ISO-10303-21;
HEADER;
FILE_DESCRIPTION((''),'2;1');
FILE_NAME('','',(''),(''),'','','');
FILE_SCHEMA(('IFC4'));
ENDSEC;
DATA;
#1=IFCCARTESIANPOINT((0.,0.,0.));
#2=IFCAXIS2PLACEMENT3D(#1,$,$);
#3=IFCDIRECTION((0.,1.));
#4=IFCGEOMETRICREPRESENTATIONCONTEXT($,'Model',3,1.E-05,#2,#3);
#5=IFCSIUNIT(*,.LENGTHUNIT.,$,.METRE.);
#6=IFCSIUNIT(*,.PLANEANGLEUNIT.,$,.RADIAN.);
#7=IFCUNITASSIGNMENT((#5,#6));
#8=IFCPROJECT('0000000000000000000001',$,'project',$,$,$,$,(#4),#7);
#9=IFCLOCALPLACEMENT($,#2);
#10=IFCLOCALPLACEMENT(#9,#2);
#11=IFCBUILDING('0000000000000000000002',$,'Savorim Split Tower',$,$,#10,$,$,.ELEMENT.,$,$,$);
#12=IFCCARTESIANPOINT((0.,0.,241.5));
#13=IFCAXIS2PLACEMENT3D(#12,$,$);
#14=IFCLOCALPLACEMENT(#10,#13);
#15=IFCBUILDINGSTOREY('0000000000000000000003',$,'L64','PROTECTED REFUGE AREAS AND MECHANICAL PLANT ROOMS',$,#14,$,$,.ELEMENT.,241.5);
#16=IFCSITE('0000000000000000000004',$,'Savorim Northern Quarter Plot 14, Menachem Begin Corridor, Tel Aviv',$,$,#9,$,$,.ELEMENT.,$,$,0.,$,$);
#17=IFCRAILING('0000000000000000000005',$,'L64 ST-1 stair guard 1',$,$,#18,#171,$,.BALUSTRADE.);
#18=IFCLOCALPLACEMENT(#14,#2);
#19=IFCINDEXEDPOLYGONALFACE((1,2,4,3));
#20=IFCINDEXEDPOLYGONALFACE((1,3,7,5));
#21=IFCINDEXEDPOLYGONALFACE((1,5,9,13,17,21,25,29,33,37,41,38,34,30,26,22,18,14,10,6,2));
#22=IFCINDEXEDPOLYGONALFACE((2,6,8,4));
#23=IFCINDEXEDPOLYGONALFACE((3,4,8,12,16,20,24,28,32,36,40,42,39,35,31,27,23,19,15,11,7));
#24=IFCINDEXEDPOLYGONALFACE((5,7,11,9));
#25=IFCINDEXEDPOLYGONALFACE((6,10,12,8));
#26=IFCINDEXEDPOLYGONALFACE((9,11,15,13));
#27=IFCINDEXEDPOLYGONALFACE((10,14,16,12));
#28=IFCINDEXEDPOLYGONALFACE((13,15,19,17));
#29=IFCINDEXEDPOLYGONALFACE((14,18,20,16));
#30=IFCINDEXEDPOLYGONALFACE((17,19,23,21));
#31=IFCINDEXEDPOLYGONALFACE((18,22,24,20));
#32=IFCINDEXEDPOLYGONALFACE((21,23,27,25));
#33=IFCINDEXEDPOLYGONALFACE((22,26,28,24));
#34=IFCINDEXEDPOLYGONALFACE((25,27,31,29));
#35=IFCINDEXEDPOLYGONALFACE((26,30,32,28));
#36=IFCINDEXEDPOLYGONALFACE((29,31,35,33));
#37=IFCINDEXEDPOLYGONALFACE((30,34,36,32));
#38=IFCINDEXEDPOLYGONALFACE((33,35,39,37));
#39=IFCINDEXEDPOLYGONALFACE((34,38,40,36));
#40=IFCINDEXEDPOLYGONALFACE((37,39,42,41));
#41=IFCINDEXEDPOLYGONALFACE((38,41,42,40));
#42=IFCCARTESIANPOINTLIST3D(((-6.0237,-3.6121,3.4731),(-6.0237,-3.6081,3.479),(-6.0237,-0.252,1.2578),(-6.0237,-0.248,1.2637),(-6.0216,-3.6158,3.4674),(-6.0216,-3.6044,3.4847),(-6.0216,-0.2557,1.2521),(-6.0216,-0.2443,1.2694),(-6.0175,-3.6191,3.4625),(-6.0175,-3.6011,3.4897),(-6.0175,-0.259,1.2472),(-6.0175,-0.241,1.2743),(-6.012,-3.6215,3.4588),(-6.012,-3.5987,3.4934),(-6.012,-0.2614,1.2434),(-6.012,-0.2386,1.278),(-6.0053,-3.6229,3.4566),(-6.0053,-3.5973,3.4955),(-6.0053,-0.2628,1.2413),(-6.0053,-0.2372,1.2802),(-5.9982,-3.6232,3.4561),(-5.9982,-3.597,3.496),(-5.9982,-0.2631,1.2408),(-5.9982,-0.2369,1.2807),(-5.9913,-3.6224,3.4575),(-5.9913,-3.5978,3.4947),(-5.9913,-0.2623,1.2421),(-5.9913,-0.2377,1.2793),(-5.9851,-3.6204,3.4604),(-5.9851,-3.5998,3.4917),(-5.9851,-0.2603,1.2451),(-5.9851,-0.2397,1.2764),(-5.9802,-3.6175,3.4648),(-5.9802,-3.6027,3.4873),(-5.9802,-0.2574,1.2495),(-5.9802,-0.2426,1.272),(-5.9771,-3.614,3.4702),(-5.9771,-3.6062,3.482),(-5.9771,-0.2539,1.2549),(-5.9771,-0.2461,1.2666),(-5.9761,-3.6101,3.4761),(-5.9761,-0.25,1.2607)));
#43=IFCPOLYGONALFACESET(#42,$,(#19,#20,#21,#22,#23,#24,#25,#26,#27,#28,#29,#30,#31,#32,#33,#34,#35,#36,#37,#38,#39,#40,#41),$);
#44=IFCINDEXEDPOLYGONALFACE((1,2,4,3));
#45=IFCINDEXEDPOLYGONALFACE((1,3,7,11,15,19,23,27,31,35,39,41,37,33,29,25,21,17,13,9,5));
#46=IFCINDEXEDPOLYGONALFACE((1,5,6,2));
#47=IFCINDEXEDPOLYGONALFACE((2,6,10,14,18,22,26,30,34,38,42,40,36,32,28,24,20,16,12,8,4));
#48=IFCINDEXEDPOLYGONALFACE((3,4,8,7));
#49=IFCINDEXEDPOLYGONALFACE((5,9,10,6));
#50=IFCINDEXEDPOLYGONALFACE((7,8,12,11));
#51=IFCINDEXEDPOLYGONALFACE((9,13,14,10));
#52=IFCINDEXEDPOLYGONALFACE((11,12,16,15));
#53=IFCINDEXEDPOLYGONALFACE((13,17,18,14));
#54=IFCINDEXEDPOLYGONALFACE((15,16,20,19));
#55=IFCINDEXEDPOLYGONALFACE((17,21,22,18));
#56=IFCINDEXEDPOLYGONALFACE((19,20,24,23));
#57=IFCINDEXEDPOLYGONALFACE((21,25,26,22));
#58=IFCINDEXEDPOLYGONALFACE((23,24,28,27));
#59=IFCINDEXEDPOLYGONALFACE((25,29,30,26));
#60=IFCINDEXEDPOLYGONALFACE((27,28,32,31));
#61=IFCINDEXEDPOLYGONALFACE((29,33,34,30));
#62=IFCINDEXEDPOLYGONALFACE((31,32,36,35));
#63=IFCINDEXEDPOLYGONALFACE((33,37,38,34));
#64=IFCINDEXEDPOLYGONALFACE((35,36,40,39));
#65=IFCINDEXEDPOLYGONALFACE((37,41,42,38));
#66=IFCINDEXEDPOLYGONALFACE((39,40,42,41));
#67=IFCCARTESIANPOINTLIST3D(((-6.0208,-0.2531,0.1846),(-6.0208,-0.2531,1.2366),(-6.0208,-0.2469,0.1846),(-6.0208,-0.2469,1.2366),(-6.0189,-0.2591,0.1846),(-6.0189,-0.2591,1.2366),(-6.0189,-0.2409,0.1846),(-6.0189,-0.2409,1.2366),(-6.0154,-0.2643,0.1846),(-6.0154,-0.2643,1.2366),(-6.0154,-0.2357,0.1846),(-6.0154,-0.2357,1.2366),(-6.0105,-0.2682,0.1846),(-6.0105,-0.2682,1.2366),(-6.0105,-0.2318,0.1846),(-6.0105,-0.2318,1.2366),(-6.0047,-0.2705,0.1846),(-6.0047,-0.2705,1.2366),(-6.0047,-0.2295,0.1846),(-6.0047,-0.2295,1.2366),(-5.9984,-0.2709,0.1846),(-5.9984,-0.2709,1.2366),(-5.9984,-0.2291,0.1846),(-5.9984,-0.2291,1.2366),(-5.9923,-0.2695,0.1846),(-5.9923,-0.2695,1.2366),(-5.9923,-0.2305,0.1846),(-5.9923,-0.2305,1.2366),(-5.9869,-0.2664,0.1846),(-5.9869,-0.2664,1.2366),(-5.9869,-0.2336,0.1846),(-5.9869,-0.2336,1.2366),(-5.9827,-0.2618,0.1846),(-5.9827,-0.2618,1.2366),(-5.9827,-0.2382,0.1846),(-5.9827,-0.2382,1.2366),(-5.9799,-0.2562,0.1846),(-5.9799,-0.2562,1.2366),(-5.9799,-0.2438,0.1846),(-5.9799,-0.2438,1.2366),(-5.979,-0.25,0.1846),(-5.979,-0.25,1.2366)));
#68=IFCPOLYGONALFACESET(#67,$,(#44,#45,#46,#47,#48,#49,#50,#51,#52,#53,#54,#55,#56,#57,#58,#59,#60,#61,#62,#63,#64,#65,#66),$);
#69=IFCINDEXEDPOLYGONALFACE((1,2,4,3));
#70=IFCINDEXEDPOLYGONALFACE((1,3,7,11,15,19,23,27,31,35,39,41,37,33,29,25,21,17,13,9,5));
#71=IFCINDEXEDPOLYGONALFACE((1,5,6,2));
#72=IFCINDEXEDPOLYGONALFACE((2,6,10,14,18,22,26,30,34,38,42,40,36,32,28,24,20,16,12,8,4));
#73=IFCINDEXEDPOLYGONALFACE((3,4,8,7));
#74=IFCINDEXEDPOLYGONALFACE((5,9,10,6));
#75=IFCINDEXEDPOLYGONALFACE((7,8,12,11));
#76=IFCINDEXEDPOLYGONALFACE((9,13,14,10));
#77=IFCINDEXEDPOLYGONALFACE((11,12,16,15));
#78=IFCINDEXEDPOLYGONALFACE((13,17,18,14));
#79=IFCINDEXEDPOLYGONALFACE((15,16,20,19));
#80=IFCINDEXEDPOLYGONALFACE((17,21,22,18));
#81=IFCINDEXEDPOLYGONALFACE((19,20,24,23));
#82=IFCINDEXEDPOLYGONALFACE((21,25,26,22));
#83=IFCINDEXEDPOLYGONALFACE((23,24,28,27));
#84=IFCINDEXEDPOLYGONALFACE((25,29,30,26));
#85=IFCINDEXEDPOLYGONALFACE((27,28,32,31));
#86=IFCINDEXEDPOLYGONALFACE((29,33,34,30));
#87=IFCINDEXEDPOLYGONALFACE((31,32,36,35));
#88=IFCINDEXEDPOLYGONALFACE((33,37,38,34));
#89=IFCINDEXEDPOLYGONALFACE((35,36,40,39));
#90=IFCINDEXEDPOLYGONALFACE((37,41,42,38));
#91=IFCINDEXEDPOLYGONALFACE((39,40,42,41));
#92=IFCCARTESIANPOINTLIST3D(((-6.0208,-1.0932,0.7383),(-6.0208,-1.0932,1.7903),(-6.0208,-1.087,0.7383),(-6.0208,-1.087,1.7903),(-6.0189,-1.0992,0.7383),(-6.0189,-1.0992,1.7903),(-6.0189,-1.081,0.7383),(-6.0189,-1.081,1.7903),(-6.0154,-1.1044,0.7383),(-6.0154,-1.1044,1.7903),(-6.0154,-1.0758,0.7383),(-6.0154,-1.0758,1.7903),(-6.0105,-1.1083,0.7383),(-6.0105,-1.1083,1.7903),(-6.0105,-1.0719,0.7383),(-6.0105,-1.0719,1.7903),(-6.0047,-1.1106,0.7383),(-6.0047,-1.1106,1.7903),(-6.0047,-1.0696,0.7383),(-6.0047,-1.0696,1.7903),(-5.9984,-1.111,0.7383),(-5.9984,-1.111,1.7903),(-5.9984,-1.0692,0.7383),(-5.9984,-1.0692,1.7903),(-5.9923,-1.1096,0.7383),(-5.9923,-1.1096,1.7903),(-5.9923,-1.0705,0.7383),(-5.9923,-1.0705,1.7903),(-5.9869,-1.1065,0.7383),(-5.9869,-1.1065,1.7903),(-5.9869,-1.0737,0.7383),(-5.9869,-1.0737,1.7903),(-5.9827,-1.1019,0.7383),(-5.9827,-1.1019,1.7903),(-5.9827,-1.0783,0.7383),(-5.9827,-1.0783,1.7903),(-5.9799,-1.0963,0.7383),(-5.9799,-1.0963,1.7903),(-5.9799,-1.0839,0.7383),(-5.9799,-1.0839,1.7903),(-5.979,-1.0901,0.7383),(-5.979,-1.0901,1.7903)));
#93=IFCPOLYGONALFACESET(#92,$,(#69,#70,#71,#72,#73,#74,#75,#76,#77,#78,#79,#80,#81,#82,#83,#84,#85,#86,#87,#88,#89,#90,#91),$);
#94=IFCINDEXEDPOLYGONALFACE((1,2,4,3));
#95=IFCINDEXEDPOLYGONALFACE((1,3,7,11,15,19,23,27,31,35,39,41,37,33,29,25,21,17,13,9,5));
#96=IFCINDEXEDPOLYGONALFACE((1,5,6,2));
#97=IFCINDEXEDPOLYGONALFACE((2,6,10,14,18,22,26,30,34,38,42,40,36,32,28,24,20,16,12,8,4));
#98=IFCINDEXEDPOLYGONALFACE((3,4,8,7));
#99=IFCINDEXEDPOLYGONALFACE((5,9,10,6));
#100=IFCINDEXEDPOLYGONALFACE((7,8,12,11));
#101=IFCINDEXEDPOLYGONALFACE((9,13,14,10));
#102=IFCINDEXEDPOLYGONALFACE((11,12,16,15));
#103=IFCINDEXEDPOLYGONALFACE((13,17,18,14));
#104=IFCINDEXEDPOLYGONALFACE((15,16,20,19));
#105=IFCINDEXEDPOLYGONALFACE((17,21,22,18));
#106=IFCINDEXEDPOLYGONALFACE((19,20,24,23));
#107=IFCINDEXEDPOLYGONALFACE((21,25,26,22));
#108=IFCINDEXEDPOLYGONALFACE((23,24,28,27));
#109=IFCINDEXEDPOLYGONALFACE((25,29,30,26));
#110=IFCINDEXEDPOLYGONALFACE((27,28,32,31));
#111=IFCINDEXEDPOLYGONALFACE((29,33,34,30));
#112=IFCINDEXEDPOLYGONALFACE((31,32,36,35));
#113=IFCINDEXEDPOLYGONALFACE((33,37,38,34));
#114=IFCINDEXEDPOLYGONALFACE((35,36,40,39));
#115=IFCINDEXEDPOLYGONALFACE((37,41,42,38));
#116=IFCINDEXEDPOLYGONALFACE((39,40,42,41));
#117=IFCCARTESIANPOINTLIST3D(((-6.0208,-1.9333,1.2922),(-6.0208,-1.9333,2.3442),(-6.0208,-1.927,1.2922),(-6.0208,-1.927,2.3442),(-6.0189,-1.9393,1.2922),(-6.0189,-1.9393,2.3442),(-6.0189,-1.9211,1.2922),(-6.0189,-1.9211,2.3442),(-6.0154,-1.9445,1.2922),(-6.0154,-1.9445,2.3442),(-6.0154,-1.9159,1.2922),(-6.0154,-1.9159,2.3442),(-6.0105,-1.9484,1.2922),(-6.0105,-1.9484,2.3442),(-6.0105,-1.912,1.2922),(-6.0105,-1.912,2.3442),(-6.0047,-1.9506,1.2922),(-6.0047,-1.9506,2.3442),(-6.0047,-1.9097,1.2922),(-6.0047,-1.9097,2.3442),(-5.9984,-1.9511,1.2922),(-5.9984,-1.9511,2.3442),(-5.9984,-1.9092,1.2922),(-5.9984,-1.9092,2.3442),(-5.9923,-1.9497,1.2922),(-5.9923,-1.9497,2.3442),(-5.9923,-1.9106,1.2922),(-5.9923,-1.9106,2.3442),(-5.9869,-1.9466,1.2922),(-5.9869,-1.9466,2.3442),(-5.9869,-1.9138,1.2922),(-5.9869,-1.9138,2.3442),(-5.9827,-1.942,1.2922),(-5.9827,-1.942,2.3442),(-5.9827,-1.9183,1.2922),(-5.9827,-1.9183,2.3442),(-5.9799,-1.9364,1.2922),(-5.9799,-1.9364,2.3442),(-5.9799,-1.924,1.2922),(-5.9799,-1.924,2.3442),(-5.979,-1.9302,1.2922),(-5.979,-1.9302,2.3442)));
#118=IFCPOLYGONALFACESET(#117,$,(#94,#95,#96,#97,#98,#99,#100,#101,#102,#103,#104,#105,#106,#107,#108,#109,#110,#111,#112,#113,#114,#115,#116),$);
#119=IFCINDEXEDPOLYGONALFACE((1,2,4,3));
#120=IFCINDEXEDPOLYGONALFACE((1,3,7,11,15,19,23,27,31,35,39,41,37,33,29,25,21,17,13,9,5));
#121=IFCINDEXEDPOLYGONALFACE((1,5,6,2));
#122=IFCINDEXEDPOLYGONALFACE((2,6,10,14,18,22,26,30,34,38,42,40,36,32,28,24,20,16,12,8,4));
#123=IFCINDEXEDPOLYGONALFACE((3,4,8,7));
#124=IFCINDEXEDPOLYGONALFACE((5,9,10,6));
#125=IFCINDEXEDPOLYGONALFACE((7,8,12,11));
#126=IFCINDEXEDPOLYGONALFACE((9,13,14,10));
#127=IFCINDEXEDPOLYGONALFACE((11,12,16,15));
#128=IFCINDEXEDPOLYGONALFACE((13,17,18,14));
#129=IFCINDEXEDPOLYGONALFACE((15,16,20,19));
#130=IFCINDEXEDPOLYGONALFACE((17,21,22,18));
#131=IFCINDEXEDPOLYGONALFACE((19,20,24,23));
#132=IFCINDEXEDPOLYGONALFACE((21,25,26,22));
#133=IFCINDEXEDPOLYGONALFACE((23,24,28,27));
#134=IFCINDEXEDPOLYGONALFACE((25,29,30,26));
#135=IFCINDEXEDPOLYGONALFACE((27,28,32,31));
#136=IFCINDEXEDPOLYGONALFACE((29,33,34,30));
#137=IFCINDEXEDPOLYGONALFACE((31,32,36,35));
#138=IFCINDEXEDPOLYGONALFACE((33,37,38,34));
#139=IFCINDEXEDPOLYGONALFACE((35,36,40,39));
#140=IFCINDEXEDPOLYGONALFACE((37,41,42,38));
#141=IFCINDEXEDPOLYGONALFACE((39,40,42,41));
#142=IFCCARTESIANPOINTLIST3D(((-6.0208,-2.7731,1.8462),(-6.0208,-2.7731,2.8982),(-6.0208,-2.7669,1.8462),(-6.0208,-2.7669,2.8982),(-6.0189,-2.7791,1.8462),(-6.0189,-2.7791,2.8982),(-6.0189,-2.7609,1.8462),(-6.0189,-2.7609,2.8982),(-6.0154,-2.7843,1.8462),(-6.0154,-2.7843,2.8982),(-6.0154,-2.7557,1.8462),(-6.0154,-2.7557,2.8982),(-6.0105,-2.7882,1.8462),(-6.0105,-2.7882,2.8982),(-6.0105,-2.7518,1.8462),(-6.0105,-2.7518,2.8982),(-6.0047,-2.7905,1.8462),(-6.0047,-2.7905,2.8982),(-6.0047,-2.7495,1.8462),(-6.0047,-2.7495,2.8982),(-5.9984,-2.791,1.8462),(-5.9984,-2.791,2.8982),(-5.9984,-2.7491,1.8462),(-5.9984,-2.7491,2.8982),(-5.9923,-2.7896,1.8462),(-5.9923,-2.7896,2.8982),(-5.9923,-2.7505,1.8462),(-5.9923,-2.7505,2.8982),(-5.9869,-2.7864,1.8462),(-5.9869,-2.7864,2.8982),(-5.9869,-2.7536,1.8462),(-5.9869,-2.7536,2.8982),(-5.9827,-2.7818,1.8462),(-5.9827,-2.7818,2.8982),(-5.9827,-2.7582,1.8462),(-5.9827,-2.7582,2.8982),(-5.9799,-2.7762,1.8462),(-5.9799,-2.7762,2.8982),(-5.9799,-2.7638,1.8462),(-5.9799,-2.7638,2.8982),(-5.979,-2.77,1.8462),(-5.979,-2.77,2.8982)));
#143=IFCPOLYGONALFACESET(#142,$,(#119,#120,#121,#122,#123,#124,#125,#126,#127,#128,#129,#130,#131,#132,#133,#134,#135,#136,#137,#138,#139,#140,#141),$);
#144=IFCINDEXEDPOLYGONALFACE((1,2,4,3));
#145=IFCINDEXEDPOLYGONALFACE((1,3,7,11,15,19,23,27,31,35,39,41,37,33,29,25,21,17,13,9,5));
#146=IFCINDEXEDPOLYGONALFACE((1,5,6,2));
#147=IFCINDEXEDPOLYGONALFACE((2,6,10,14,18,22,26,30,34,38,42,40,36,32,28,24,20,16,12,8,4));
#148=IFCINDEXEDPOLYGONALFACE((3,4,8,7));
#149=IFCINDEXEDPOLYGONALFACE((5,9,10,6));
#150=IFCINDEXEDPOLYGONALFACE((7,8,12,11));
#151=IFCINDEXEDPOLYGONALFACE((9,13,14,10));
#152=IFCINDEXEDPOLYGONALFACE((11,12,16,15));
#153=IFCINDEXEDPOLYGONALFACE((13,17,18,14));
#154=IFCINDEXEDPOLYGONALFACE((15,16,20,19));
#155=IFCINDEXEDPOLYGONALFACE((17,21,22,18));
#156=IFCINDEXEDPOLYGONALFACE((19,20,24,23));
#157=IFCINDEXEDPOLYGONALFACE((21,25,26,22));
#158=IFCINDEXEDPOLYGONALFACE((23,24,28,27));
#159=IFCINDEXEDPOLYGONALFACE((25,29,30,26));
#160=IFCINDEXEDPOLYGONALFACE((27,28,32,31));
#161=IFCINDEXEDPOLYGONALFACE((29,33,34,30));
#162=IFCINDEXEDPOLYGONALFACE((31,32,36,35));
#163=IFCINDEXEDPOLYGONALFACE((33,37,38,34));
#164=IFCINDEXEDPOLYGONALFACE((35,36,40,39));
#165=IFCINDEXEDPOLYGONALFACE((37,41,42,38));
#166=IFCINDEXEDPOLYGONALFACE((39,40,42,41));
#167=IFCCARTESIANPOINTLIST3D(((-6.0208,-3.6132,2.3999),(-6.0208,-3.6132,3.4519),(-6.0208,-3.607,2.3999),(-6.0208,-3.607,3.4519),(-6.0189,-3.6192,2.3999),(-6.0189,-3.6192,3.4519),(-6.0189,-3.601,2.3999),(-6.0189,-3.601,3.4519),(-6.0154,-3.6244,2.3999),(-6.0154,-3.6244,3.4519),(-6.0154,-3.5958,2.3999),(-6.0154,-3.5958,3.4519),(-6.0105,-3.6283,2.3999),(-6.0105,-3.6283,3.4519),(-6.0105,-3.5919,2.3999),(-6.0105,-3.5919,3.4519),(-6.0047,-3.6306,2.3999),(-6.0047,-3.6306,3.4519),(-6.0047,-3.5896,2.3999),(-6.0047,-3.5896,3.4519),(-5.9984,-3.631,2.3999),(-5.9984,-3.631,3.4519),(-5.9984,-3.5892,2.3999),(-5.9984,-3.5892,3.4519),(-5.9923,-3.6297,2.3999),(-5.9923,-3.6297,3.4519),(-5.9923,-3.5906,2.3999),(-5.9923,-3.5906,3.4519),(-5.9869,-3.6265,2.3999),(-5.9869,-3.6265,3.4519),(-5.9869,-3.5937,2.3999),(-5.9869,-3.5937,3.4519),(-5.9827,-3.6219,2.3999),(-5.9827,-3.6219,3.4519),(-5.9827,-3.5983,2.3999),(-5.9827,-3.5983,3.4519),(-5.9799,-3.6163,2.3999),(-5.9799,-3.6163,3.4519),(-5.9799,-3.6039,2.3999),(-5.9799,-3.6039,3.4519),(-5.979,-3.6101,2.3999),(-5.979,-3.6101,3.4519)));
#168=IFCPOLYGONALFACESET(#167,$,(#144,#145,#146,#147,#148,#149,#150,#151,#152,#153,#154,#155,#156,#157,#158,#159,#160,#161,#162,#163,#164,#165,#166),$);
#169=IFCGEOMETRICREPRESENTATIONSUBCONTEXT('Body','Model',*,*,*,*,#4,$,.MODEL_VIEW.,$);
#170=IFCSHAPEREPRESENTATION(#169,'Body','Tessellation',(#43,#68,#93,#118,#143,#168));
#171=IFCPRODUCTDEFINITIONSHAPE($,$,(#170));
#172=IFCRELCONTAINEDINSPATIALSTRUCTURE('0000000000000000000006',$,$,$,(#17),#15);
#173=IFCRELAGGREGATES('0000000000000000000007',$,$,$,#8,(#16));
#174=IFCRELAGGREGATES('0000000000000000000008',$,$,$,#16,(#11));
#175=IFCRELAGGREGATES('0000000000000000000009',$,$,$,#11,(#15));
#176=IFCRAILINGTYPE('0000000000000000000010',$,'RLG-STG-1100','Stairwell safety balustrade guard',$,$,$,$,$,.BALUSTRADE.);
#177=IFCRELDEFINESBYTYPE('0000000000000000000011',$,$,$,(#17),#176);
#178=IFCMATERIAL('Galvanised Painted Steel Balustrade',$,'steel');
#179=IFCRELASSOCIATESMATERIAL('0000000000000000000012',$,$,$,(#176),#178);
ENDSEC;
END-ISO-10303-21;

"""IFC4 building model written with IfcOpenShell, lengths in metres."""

from ifc_helpers import new_model, si_unit, direction, frame, origin, origin_2d, place, context, subcontext, project, spatial, circle, extrude, material, type_object, element, save


model = new_model("IFC4")

# Units and contexts
model_context = context("Model", 3, precision=1e-05, world=origin(), true_north=direction((0.0, 1.0)))
body_context = subcontext(model_context, "Body", "Model", "MODEL_VIEW")
ifc_project = project(units=[si_unit("LENGTHUNIT", "METRE"), si_unit("PLANEANGLEUNIT", "RADIAN")], contexts=[model_context])

# Site, building, storey
site_placement = place(None, origin())
site = spatial("IfcSite", under=ifc_project, at=site_placement, Name="Savorim Northern Quarter Plot 14, Menachem Begin Corridor, Tel Aviv", CompositionType="ELEMENT", RefElevation=0.0)
building_placement = place(site_placement, origin())
building = spatial("IfcBuilding", under=site, at=building_placement, Name="Savorim Split Tower", CompositionType="ELEMENT")
storey_placement = place(building_placement, frame((0.0, 0.0, 241.5)))
storey = spatial("IfcBuildingStorey", under=building, at=storey_placement, Name="L64", Description="PROTECTED REFUGE AREAS AND MECHANICAL PLANT ROOMS", CompositionType="ELEMENT", Elevation=241.5)

# Railing
ifc_material_1 = material(Name="Galvanised Painted Steel Balustrade", Category="steel")
railing_type_1 = type_object("IfcRailingType", Name="RLG-STG-1100", Description="Stairwell safety balustrade guard", PredefinedType="BALUSTRADE", material=ifc_material_1)
railing_1_placement = place(storey_placement, frame((-6.0, -0.25, 0.1846)))
element("IfcRailing", 1, at=railing_1_placement, inside=storey, type_object=railing_type_1, Name="L64 ST-1 stair guard 1", PredefinedType="BALUSTRADE", context=body_context, shape_type="SweptSolid", body=[
    extrude(circle(Radius=0.0239, at=origin_2d()), frame((0.0, 0.0, 1.0762), z_axis=(0.0, -0.834876, 0.550437), x_axis=(1.0, 0.0, 0.0)), (0.0, 0.0, 1.0), 4.0247),
    extrude(circle(Radius=0.021, at=origin_2d()), origin(), (0.0, 0.0, 1.0), 1.052),
    extrude(circle(Radius=0.021, at=origin_2d()), frame((0.0, -0.8401, 0.5537)), (0.0, 0.0, 1.0), 1.052),
    extrude(circle(Radius=0.021, at=origin_2d()), frame((0.0, -1.6802, 1.1077)), (0.0, 0.0, 1.0), 1.052),
    extrude(circle(Radius=0.021, at=origin_2d()), frame((0.0, -2.52, 1.6616)), (0.0, 0.0, 1.0), 1.052),
    extrude(circle(Radius=0.021, at=origin_2d()), frame((0.0, -3.3601, 2.2153)), (0.0, 0.0, 1.0), 1.052),
])

save(model, "model.ifc")
